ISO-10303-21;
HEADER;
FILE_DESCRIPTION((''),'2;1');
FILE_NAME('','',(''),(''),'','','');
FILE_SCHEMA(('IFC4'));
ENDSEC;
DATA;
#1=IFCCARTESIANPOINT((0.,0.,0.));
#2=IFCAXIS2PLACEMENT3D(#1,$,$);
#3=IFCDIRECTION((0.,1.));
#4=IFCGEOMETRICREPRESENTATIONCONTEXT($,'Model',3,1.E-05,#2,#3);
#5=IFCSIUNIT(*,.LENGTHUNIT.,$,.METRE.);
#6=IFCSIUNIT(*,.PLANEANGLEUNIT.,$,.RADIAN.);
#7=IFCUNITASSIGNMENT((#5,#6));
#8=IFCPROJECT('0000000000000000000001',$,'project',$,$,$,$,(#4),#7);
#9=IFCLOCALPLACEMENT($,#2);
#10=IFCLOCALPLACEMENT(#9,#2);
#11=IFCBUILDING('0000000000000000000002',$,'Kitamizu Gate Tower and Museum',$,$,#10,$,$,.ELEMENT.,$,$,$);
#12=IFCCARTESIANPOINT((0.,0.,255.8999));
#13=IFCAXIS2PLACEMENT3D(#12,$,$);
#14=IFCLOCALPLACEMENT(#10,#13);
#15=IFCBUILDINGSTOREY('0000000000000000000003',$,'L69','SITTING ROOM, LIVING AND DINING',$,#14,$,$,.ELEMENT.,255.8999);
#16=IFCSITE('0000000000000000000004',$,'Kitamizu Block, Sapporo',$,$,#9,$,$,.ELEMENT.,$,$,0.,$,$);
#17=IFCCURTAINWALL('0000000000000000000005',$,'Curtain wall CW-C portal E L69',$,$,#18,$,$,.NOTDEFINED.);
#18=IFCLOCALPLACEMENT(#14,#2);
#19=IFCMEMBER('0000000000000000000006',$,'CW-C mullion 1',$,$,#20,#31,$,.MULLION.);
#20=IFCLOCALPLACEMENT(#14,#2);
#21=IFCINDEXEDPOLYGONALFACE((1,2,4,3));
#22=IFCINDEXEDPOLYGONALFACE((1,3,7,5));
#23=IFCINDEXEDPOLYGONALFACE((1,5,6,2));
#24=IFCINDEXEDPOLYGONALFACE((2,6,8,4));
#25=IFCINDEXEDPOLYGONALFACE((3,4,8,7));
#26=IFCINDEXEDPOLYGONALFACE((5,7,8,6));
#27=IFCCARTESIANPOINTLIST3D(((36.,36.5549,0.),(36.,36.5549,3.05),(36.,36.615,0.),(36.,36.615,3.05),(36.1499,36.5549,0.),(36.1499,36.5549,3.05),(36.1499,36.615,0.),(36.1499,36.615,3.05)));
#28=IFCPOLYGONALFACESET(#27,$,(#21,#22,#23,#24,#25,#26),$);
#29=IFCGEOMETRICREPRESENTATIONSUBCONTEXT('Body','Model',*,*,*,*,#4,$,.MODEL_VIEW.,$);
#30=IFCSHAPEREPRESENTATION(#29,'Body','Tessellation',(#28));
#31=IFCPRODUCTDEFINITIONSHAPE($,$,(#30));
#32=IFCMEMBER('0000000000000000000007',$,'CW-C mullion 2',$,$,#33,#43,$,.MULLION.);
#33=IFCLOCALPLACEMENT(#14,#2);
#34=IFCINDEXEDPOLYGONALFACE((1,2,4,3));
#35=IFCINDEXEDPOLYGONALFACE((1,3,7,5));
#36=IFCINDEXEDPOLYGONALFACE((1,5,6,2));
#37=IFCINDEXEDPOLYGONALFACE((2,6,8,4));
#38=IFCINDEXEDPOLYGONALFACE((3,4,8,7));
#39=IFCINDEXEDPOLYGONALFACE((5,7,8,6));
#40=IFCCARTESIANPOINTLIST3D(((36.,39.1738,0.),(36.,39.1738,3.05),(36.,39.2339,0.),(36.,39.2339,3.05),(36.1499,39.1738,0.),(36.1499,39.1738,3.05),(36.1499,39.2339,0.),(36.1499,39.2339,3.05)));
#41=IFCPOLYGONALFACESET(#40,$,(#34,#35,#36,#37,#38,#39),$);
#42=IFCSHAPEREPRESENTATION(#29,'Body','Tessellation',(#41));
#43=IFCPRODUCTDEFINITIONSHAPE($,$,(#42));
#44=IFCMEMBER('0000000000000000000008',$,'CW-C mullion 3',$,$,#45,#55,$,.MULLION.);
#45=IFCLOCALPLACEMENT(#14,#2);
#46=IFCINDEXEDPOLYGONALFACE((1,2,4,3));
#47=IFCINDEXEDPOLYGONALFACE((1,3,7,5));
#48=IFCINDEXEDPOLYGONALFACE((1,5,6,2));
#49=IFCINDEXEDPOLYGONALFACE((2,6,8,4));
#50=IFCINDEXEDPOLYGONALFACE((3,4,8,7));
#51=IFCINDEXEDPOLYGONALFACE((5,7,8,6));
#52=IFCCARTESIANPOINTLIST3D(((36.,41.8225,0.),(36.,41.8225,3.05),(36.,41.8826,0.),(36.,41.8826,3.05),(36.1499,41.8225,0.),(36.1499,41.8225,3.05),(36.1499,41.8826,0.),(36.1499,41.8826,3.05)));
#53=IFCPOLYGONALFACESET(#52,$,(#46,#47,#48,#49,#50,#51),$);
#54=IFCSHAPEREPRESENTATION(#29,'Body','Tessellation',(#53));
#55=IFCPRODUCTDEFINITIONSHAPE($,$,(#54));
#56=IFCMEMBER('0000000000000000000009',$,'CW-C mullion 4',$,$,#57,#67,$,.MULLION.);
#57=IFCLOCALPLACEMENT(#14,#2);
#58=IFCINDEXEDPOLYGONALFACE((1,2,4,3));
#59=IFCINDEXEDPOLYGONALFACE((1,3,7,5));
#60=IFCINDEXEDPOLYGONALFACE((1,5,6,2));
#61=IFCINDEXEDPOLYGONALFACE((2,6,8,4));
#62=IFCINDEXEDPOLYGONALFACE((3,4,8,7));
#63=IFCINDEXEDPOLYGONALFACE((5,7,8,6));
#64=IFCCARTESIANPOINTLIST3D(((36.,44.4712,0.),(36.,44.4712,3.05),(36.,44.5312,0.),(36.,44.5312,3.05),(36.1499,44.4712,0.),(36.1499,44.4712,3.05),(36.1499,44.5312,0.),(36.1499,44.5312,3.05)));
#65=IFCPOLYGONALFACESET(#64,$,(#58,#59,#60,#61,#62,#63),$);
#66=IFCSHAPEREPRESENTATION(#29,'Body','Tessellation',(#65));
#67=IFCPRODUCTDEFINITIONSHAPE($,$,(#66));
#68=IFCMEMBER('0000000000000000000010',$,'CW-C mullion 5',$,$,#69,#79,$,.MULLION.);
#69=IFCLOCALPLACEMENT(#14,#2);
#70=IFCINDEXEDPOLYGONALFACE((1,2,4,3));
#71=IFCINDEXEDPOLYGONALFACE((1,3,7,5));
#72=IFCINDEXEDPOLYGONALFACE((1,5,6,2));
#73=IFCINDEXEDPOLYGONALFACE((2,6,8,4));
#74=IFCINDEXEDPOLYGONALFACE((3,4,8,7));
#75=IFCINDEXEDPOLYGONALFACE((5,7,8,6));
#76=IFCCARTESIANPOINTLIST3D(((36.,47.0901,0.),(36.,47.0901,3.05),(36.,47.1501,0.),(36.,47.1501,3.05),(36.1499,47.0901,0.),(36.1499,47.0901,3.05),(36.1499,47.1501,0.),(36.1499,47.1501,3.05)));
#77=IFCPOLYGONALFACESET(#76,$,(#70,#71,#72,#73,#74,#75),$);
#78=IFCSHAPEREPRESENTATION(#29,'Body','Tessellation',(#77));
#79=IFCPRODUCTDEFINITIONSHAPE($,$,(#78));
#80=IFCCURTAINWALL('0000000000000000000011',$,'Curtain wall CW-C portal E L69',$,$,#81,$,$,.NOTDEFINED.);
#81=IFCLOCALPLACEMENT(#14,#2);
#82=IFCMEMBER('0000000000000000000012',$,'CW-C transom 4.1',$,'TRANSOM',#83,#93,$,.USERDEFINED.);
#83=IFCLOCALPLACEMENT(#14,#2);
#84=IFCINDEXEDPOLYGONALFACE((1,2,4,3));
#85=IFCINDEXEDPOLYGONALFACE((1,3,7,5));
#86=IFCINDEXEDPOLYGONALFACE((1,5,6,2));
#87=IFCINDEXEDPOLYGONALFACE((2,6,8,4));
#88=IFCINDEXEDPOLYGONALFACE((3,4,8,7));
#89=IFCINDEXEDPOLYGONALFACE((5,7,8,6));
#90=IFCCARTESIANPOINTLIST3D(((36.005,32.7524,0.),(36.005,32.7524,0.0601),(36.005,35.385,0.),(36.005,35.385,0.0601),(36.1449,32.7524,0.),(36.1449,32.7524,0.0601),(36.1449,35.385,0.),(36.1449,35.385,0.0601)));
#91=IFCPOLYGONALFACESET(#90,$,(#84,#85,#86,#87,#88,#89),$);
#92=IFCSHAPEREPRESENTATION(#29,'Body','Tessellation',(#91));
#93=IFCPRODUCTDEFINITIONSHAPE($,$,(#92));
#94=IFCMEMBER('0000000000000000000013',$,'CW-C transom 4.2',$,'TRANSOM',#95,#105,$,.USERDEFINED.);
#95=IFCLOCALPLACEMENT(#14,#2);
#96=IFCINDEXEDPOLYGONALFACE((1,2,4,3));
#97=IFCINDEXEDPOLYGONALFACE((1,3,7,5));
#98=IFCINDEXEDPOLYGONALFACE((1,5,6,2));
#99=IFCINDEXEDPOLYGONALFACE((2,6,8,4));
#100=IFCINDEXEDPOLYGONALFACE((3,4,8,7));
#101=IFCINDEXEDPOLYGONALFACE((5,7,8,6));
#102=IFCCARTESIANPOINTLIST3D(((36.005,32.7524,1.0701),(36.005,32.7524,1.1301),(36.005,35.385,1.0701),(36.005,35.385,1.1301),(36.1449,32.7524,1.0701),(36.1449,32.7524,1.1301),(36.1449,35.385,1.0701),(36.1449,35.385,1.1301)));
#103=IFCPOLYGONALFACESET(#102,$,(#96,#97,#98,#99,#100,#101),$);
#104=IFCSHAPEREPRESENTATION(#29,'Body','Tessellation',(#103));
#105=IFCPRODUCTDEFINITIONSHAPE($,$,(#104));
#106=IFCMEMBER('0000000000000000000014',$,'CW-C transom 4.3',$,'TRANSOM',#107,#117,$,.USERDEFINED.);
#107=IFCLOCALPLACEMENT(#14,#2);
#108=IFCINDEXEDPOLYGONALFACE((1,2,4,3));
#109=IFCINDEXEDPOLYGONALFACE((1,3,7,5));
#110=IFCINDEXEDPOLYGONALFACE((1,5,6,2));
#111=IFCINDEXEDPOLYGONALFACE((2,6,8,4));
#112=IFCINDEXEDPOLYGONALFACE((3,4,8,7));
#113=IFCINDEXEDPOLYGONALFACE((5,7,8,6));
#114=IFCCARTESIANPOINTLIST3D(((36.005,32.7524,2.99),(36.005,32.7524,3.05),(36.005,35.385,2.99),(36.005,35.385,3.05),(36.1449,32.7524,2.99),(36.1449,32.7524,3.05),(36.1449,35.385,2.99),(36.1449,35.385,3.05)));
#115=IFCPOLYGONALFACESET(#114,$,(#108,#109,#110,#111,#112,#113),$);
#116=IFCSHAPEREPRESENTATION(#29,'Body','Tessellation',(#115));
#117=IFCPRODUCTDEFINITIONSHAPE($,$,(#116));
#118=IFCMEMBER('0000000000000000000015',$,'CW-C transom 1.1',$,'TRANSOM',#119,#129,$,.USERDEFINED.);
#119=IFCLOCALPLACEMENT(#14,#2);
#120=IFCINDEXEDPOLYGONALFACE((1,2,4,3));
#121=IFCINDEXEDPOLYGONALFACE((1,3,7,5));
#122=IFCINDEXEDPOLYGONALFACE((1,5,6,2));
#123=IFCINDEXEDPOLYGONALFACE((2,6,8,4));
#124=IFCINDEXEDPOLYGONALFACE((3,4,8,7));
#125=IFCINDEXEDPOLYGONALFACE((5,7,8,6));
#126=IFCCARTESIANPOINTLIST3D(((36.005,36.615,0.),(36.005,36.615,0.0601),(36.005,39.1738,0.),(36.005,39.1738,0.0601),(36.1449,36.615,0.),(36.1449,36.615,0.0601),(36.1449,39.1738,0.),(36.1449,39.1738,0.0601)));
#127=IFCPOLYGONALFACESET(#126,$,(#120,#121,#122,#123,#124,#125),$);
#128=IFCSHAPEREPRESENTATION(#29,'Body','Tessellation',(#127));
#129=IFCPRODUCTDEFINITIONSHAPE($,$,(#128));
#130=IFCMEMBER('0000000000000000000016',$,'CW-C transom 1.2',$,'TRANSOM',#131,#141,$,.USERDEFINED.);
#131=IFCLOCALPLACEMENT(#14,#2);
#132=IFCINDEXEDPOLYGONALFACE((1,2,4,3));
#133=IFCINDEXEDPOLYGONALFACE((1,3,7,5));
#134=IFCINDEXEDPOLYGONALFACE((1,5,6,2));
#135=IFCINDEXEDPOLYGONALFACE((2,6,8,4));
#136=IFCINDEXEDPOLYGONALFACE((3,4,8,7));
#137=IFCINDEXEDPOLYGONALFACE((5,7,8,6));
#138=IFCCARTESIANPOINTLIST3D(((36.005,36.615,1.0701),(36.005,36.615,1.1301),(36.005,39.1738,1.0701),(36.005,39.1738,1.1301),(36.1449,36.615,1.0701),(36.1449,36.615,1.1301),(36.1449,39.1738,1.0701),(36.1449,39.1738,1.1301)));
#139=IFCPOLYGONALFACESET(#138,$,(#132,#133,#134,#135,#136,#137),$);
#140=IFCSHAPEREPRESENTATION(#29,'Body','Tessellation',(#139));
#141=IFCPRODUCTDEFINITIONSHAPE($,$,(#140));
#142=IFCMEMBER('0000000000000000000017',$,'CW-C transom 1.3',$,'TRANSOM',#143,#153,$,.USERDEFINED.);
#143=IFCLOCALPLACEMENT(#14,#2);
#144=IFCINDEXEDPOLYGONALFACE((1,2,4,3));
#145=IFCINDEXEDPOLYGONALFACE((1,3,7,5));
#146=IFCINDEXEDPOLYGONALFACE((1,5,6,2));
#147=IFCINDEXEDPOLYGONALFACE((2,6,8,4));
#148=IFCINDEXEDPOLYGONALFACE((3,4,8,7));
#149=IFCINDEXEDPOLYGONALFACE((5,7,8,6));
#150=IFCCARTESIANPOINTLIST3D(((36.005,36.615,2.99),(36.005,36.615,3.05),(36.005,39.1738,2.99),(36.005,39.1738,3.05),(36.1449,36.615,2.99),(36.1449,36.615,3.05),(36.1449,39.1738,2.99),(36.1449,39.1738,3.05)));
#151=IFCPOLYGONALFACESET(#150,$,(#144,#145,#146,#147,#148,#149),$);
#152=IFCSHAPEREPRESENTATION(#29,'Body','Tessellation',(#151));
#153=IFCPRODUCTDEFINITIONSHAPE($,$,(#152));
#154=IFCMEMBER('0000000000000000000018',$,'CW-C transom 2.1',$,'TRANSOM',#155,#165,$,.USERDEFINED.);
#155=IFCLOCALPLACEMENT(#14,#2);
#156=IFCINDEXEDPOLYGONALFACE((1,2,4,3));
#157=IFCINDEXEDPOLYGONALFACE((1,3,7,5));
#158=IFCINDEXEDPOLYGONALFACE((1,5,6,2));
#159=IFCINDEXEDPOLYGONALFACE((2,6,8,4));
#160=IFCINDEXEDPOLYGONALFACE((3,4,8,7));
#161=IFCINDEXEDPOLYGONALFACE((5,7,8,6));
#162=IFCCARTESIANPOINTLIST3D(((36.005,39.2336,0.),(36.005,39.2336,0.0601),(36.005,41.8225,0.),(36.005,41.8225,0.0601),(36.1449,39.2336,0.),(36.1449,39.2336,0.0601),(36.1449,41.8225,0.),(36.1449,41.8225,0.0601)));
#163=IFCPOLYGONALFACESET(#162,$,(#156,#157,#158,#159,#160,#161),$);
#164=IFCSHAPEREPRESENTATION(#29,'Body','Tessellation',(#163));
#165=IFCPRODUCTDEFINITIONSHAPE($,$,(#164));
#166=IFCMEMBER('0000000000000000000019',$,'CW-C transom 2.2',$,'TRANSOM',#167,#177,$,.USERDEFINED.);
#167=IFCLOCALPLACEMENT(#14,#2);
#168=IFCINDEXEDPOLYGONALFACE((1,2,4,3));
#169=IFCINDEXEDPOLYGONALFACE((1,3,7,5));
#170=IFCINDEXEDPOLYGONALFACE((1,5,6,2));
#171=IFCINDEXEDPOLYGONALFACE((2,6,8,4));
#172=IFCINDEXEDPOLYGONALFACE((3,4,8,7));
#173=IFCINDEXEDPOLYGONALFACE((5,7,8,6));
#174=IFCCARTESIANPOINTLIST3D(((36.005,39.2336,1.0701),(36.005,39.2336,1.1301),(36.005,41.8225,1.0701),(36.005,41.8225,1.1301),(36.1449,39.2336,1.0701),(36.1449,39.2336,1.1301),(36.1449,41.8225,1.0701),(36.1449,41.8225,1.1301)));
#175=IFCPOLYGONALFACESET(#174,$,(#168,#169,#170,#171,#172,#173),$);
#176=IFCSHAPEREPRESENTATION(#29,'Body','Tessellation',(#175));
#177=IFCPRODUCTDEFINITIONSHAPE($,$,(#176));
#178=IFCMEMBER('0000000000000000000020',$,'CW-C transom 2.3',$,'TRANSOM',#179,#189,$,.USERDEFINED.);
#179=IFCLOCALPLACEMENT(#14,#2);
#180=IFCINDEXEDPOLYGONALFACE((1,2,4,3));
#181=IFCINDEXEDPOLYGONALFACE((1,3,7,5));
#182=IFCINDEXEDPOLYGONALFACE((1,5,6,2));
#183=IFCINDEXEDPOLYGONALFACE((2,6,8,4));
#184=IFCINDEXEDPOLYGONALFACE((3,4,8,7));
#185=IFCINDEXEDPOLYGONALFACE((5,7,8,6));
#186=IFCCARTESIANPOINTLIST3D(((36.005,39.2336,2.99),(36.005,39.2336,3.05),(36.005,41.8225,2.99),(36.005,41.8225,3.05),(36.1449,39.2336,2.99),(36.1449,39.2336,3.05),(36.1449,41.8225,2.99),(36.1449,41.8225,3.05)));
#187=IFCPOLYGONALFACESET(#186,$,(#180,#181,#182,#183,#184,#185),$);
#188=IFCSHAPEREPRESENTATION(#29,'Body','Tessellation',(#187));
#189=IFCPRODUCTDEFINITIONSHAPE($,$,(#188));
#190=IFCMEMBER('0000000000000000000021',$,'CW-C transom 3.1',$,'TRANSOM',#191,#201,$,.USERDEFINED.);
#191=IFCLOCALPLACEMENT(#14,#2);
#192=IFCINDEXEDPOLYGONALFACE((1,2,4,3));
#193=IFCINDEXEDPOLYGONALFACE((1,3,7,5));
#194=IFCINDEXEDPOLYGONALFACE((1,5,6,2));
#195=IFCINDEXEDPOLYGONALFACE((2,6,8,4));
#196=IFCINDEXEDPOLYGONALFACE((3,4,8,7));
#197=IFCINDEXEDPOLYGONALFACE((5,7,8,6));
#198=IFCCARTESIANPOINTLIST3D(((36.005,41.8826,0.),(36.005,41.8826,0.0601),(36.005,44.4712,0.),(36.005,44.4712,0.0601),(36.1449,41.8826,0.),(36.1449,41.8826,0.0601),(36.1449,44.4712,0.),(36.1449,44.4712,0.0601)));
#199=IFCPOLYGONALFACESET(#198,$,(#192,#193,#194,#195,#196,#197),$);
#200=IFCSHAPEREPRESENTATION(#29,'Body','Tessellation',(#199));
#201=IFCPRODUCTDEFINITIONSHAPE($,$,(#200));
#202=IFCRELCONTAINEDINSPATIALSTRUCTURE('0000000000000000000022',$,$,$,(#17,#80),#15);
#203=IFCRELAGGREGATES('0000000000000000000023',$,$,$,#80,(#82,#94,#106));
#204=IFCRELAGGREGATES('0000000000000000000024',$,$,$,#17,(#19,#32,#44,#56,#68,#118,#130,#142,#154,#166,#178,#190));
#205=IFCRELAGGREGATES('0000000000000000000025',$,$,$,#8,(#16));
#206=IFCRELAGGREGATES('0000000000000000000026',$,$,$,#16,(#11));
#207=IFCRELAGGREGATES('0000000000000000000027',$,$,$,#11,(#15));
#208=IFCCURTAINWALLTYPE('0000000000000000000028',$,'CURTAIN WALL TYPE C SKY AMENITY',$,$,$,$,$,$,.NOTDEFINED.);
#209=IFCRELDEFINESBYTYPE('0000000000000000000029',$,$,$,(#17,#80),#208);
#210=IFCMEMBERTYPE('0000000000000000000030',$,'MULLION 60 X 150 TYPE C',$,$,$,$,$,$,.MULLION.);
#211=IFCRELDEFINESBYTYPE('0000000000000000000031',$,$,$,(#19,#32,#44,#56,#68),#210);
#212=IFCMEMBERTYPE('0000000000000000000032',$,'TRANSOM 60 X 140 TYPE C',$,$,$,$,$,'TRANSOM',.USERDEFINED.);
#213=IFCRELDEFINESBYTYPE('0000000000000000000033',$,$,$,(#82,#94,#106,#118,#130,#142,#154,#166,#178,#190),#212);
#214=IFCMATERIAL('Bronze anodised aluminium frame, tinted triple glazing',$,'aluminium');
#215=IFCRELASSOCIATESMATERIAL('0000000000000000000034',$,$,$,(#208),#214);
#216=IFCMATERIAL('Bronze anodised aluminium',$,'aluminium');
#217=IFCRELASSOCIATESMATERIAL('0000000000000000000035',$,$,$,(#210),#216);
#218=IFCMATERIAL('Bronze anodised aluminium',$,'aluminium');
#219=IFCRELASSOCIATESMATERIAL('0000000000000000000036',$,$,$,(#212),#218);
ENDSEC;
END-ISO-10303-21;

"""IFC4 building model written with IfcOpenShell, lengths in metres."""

from ifc_helpers import new_model, si_unit, direction, frame, origin, origin_2d, place, context, subcontext, project, spatial, rectangle, extrude, material, material_profile, profile_set, type_object, element, aggregate, save


model = new_model("IFC4")

# Units and contexts
model_context = context("Model", 3, precision=1e-05, world=origin(), true_north=direction((0.0, 1.0)))
body_context = subcontext(model_context, "Body", "Model", "MODEL_VIEW")
ifc_project = project(units=[si_unit("LENGTHUNIT", "METRE"), si_unit("PLANEANGLEUNIT", "RADIAN")], contexts=[model_context])

# Site, building, storey
site_placement = place(None, origin())
site = spatial("IfcSite", under=ifc_project, at=site_placement, Name="Kitamizu Block, Sapporo", CompositionType="ELEMENT", RefElevation=0.0)
building_placement = place(site_placement, origin())
building = spatial("IfcBuilding", under=site, at=building_placement, Name="Kitamizu Gate Tower and Museum", CompositionType="ELEMENT")
storey_placement = place(building_placement, frame((0.0, 0.0, 255.8999)))
storey = spatial("IfcBuildingStorey", under=building, at=storey_placement, Name="L69", Description="SITTING ROOM, LIVING AND DINING", CompositionType="ELEMENT", Elevation=255.8999)

# Curtain walls, members
ifc_material_1 = material(Name="Bronze anodised aluminium frame, tinted triple glazing", Category="aluminium")
curtain_wall_type = type_object("IfcCurtainWallType", Name="CURTAIN WALL TYPE C SKY AMENITY", PredefinedType="NOTDEFINED", material=ifc_material_1)
curtain_wall_1_placement = place(storey_placement, origin())
curtain_wall_1 = element("IfcCurtainWall", 1, at=curtain_wall_1_placement, inside=storey, type_object=curtain_wall_type, Name="Curtain wall CW-C portal E L69", PredefinedType="NOTDEFINED")
ifc_material_2 = material(Name="Bronze anodised aluminium", Category="aluminium")
ifc_material_profile_1 = material_profile(ifc_material_2, rectangle(XDim=0.0601, YDim=0.1499, at=origin_2d()), Name="AL 60X150")
ifc_profile_set_1 = profile_set([ifc_material_profile_1], Name="Bronze anodised aluminium")
member_type_1 = type_object("IfcMemberType", Name="MULLION 60 X 150 TYPE C", PredefinedType="MULLION", material=ifc_profile_set_1)
member_1_placement = place(storey_placement, frame((36.075, 36.585, 0.0), z_axis=(0.0, 0.0, 1.0), x_axis=(0.0, 1.0, 0.0)))
member_1 = element("IfcMember", 2, at=member_1_placement, type_object=member_type_1, Name="CW-C mullion 1", PredefinedType="MULLION", context=body_context, shape_type="SweptSolid", body=[
    extrude(rectangle(XDim=0.0601, YDim=0.1499, at=origin_2d()), origin(), (0.0, 0.0, 1.0), 3.05),
])
member_2_placement = place(storey_placement, frame((36.075, 39.2039, 0.0), z_axis=(0.0, 0.0, 1.0), x_axis=(0.0, 1.0, 0.0)))
member_2 = element("IfcMember", 3, at=member_2_placement, type_object=member_type_1, Name="CW-C mullion 2", PredefinedType="MULLION", context=body_context, shape_type="SweptSolid", body=[
    extrude(rectangle(XDim=0.0601, YDim=0.1499, at=origin_2d()), origin(), (0.0, 0.0, 1.0), 3.05),
])
member_3_placement = place(storey_placement, frame((36.075, 41.8525, 0.0), z_axis=(0.0, 0.0, 1.0), x_axis=(0.0, 1.0, 0.0)))
member_3 = element("IfcMember", 4, at=member_3_placement, type_object=member_type_1, Name="CW-C mullion 3", PredefinedType="MULLION", context=body_context, shape_type="SweptSolid", body=[
    extrude(rectangle(XDim=0.0601, YDim=0.1499, at=origin_2d()), origin(), (0.0, 0.0, 1.0), 3.05),
])
member_4_placement = place(storey_placement, frame((36.075, 44.5012, 0.0), z_axis=(0.0, 0.0, 1.0), x_axis=(0.0, 1.0, 0.0)))
member_4 = element("IfcMember", 5, at=member_4_placement, type_object=member_type_1, Name="CW-C mullion 4", PredefinedType="MULLION", context=body_context, shape_type="SweptSolid", body=[
    extrude(rectangle(XDim=0.0601, YDim=0.1499, at=origin_2d()), origin(), (0.0, 0.0, 1.0), 3.05),
])
member_5_placement = place(storey_placement, frame((36.075, 47.1201, 0.0), z_axis=(0.0, 0.0, 1.0), x_axis=(0.0, 1.0, 0.0)))
member_5 = element("IfcMember", 6, at=member_5_placement, type_object=member_type_1, Name="CW-C mullion 5", PredefinedType="MULLION", context=body_context, shape_type="SweptSolid", body=[
    extrude(rectangle(XDim=0.0601, YDim=0.1499, at=origin_2d()), origin(), (0.0, 0.0, 1.0), 3.05),
])
curtain_wall_2_placement = place(storey_placement, origin())
curtain_wall_2 = element("IfcCurtainWall", 7, at=curtain_wall_2_placement, inside=storey, type_object=curtain_wall_type, Name="Curtain wall CW-C portal E L69", PredefinedType="NOTDEFINED")
ifc_material_3 = material(Name="Bronze anodised aluminium", Category="aluminium")
ifc_material_profile_2 = material_profile(ifc_material_3, rectangle(XDim=0.1399, YDim=0.0601, at=origin_2d()), Name="AL 60X140")
ifc_profile_set_2 = profile_set([ifc_material_profile_2], Name="Bronze anodised aluminium")
member_type_2 = type_object("IfcMemberType", Name="TRANSOM 60 X 140 TYPE C", ElementType="TRANSOM", PredefinedType="USERDEFINED", material=ifc_profile_set_2)
member_6_placement = place(storey_placement, frame((36.075, 32.7524, 0.03), z_axis=(0.0, 1.0, 0.0), x_axis=(-1.0, 0.0, 0.0)))
member_6 = element("IfcMember", 8, at=member_6_placement, type_object=member_type_2, Name="CW-C transom 4.1", ObjectType="TRANSOM", PredefinedType="USERDEFINED", context=body_context, shape_type="SweptSolid", body=[
    extrude(rectangle(XDim=0.1399, YDim=0.0601, at=origin_2d()), origin(), (0.0, 0.0, 1.0), 2.6326),
])
member_7_placement = place(storey_placement, frame((36.075, 32.7524, 1.1001), z_axis=(0.0, 1.0, 0.0), x_axis=(-1.0, 0.0, 0.0)))
member_7 = element("IfcMember", 9, at=member_7_placement, type_object=member_type_2, Name="CW-C transom 4.2", ObjectType="TRANSOM", PredefinedType="USERDEFINED", context=body_context, shape_type="SweptSolid", body=[
    extrude(rectangle(XDim=0.1399, YDim=0.0601, at=origin_2d()), origin(), (0.0, 0.0, 1.0), 2.6326),
])
member_8_placement = place(storey_placement, frame((36.075, 32.7524, 3.02), z_axis=(0.0, 1.0, 0.0), x_axis=(-1.0, 0.0, 0.0)))
member_8 = element("IfcMember", 10, at=member_8_placement, type_object=member_type_2, Name="CW-C transom 4.3", ObjectType="TRANSOM", PredefinedType="USERDEFINED", context=body_context, shape_type="SweptSolid", body=[
    extrude(rectangle(XDim=0.1399, YDim=0.0601, at=origin_2d()), origin(), (0.0, 0.0, 1.0), 2.6326),
])

# Members
member_9_placement = place(storey_placement, frame((36.075, 36.615, 0.03), z_axis=(0.0, 1.0, 0.0), x_axis=(-1.0, 0.0, 0.0)))
member_9 = element("IfcMember", 11, at=member_9_placement, type_object=member_type_2, Name="CW-C transom 1.1", ObjectType="TRANSOM", PredefinedType="USERDEFINED", context=body_context, shape_type="SweptSolid", body=[
    extrude(rectangle(XDim=0.1399, YDim=0.0601, at=origin_2d()), origin(), (0.0, 0.0, 1.0), 2.5588),
])
member_10_placement = place(storey_placement, frame((36.075, 36.615, 1.1001), z_axis=(0.0, 1.0, 0.0), x_axis=(-1.0, 0.0, 0.0)))
member_10 = element("IfcMember", 12, at=member_10_placement, type_object=member_type_2, Name="CW-C transom 1.2", ObjectType="TRANSOM", PredefinedType="USERDEFINED", context=body_context, shape_type="SweptSolid", body=[
    extrude(rectangle(XDim=0.1399, YDim=0.0601, at=origin_2d()), origin(), (0.0, 0.0, 1.0), 2.5588),
])
member_11_placement = place(storey_placement, frame((36.075, 36.615, 3.02), z_axis=(0.0, 1.0, 0.0), x_axis=(-1.0, 0.0, 0.0)))
member_11 = element("IfcMember", 13, at=member_11_placement, type_object=member_type_2, Name="CW-C transom 1.3", ObjectType="TRANSOM", PredefinedType="USERDEFINED", context=body_context, shape_type="SweptSolid", body=[
    extrude(rectangle(XDim=0.1399, YDim=0.0601, at=origin_2d()), origin(), (0.0, 0.0, 1.0), 2.5588),
])
member_12_placement = place(storey_placement, frame((36.075, 39.2336, 0.03), z_axis=(0.0, 1.0, 0.0), x_axis=(-1.0, 0.0, 0.0)))
member_12 = element("IfcMember", 14, at=member_12_placement, type_object=member_type_2, Name="CW-C transom 2.1", ObjectType="TRANSOM", PredefinedType="USERDEFINED", context=body_context, shape_type="SweptSolid", body=[
    extrude(rectangle(XDim=0.1399, YDim=0.0601, at=origin_2d()), origin(), (0.0, 0.0, 1.0), 2.5889),
])
member_13_placement = place(storey_placement, frame((36.075, 39.2336, 1.1001), z_axis=(0.0, 1.0, 0.0), x_axis=(-1.0, 0.0, 0.0)))
member_13 = element("IfcMember", 15, at=member_13_placement, type_object=member_type_2, Name="CW-C transom 2.2", ObjectType="TRANSOM", PredefinedType="USERDEFINED", context=body_context, shape_type="SweptSolid", body=[
    extrude(rectangle(XDim=0.1399, YDim=0.0601, at=origin_2d()), origin(), (0.0, 0.0, 1.0), 2.5889),
])
member_14_placement = place(storey_placement, frame((36.075, 39.2336, 3.02), z_axis=(0.0, 1.0, 0.0), x_axis=(-1.0, 0.0, 0.0)))
member_14 = element("IfcMember", 16, at=member_14_placement, type_object=member_type_2, Name="CW-C transom 2.3", ObjectType="TRANSOM", PredefinedType="USERDEFINED", context=body_context, shape_type="SweptSolid", body=[
    extrude(rectangle(XDim=0.1399, YDim=0.0601, at=origin_2d()), origin(), (0.0, 0.0, 1.0), 2.5889),
])
member_15_placement = place(storey_placement, frame((36.075, 41.8826, 0.03), z_axis=(0.0, 1.0, 0.0), x_axis=(-1.0, 0.0, 0.0)))
member_15 = element("IfcMember", 17, at=member_15_placement, type_object=member_type_2, Name="CW-C transom 3.1", ObjectType="TRANSOM", PredefinedType="USERDEFINED", context=body_context, shape_type="SweptSolid", body=[
    extrude(rectangle(XDim=0.1399, YDim=0.0601, at=origin_2d()), origin(), (0.0, 0.0, 1.0), 2.5886),
])

aggregate(curtain_wall_2, [member_6, member_7, member_8])
aggregate(curtain_wall_1, [member_1, member_2, member_3, member_4, member_5, member_9, member_10, member_11, member_12, member_13, member_14, member_15])

save(model, "model.ifc")
